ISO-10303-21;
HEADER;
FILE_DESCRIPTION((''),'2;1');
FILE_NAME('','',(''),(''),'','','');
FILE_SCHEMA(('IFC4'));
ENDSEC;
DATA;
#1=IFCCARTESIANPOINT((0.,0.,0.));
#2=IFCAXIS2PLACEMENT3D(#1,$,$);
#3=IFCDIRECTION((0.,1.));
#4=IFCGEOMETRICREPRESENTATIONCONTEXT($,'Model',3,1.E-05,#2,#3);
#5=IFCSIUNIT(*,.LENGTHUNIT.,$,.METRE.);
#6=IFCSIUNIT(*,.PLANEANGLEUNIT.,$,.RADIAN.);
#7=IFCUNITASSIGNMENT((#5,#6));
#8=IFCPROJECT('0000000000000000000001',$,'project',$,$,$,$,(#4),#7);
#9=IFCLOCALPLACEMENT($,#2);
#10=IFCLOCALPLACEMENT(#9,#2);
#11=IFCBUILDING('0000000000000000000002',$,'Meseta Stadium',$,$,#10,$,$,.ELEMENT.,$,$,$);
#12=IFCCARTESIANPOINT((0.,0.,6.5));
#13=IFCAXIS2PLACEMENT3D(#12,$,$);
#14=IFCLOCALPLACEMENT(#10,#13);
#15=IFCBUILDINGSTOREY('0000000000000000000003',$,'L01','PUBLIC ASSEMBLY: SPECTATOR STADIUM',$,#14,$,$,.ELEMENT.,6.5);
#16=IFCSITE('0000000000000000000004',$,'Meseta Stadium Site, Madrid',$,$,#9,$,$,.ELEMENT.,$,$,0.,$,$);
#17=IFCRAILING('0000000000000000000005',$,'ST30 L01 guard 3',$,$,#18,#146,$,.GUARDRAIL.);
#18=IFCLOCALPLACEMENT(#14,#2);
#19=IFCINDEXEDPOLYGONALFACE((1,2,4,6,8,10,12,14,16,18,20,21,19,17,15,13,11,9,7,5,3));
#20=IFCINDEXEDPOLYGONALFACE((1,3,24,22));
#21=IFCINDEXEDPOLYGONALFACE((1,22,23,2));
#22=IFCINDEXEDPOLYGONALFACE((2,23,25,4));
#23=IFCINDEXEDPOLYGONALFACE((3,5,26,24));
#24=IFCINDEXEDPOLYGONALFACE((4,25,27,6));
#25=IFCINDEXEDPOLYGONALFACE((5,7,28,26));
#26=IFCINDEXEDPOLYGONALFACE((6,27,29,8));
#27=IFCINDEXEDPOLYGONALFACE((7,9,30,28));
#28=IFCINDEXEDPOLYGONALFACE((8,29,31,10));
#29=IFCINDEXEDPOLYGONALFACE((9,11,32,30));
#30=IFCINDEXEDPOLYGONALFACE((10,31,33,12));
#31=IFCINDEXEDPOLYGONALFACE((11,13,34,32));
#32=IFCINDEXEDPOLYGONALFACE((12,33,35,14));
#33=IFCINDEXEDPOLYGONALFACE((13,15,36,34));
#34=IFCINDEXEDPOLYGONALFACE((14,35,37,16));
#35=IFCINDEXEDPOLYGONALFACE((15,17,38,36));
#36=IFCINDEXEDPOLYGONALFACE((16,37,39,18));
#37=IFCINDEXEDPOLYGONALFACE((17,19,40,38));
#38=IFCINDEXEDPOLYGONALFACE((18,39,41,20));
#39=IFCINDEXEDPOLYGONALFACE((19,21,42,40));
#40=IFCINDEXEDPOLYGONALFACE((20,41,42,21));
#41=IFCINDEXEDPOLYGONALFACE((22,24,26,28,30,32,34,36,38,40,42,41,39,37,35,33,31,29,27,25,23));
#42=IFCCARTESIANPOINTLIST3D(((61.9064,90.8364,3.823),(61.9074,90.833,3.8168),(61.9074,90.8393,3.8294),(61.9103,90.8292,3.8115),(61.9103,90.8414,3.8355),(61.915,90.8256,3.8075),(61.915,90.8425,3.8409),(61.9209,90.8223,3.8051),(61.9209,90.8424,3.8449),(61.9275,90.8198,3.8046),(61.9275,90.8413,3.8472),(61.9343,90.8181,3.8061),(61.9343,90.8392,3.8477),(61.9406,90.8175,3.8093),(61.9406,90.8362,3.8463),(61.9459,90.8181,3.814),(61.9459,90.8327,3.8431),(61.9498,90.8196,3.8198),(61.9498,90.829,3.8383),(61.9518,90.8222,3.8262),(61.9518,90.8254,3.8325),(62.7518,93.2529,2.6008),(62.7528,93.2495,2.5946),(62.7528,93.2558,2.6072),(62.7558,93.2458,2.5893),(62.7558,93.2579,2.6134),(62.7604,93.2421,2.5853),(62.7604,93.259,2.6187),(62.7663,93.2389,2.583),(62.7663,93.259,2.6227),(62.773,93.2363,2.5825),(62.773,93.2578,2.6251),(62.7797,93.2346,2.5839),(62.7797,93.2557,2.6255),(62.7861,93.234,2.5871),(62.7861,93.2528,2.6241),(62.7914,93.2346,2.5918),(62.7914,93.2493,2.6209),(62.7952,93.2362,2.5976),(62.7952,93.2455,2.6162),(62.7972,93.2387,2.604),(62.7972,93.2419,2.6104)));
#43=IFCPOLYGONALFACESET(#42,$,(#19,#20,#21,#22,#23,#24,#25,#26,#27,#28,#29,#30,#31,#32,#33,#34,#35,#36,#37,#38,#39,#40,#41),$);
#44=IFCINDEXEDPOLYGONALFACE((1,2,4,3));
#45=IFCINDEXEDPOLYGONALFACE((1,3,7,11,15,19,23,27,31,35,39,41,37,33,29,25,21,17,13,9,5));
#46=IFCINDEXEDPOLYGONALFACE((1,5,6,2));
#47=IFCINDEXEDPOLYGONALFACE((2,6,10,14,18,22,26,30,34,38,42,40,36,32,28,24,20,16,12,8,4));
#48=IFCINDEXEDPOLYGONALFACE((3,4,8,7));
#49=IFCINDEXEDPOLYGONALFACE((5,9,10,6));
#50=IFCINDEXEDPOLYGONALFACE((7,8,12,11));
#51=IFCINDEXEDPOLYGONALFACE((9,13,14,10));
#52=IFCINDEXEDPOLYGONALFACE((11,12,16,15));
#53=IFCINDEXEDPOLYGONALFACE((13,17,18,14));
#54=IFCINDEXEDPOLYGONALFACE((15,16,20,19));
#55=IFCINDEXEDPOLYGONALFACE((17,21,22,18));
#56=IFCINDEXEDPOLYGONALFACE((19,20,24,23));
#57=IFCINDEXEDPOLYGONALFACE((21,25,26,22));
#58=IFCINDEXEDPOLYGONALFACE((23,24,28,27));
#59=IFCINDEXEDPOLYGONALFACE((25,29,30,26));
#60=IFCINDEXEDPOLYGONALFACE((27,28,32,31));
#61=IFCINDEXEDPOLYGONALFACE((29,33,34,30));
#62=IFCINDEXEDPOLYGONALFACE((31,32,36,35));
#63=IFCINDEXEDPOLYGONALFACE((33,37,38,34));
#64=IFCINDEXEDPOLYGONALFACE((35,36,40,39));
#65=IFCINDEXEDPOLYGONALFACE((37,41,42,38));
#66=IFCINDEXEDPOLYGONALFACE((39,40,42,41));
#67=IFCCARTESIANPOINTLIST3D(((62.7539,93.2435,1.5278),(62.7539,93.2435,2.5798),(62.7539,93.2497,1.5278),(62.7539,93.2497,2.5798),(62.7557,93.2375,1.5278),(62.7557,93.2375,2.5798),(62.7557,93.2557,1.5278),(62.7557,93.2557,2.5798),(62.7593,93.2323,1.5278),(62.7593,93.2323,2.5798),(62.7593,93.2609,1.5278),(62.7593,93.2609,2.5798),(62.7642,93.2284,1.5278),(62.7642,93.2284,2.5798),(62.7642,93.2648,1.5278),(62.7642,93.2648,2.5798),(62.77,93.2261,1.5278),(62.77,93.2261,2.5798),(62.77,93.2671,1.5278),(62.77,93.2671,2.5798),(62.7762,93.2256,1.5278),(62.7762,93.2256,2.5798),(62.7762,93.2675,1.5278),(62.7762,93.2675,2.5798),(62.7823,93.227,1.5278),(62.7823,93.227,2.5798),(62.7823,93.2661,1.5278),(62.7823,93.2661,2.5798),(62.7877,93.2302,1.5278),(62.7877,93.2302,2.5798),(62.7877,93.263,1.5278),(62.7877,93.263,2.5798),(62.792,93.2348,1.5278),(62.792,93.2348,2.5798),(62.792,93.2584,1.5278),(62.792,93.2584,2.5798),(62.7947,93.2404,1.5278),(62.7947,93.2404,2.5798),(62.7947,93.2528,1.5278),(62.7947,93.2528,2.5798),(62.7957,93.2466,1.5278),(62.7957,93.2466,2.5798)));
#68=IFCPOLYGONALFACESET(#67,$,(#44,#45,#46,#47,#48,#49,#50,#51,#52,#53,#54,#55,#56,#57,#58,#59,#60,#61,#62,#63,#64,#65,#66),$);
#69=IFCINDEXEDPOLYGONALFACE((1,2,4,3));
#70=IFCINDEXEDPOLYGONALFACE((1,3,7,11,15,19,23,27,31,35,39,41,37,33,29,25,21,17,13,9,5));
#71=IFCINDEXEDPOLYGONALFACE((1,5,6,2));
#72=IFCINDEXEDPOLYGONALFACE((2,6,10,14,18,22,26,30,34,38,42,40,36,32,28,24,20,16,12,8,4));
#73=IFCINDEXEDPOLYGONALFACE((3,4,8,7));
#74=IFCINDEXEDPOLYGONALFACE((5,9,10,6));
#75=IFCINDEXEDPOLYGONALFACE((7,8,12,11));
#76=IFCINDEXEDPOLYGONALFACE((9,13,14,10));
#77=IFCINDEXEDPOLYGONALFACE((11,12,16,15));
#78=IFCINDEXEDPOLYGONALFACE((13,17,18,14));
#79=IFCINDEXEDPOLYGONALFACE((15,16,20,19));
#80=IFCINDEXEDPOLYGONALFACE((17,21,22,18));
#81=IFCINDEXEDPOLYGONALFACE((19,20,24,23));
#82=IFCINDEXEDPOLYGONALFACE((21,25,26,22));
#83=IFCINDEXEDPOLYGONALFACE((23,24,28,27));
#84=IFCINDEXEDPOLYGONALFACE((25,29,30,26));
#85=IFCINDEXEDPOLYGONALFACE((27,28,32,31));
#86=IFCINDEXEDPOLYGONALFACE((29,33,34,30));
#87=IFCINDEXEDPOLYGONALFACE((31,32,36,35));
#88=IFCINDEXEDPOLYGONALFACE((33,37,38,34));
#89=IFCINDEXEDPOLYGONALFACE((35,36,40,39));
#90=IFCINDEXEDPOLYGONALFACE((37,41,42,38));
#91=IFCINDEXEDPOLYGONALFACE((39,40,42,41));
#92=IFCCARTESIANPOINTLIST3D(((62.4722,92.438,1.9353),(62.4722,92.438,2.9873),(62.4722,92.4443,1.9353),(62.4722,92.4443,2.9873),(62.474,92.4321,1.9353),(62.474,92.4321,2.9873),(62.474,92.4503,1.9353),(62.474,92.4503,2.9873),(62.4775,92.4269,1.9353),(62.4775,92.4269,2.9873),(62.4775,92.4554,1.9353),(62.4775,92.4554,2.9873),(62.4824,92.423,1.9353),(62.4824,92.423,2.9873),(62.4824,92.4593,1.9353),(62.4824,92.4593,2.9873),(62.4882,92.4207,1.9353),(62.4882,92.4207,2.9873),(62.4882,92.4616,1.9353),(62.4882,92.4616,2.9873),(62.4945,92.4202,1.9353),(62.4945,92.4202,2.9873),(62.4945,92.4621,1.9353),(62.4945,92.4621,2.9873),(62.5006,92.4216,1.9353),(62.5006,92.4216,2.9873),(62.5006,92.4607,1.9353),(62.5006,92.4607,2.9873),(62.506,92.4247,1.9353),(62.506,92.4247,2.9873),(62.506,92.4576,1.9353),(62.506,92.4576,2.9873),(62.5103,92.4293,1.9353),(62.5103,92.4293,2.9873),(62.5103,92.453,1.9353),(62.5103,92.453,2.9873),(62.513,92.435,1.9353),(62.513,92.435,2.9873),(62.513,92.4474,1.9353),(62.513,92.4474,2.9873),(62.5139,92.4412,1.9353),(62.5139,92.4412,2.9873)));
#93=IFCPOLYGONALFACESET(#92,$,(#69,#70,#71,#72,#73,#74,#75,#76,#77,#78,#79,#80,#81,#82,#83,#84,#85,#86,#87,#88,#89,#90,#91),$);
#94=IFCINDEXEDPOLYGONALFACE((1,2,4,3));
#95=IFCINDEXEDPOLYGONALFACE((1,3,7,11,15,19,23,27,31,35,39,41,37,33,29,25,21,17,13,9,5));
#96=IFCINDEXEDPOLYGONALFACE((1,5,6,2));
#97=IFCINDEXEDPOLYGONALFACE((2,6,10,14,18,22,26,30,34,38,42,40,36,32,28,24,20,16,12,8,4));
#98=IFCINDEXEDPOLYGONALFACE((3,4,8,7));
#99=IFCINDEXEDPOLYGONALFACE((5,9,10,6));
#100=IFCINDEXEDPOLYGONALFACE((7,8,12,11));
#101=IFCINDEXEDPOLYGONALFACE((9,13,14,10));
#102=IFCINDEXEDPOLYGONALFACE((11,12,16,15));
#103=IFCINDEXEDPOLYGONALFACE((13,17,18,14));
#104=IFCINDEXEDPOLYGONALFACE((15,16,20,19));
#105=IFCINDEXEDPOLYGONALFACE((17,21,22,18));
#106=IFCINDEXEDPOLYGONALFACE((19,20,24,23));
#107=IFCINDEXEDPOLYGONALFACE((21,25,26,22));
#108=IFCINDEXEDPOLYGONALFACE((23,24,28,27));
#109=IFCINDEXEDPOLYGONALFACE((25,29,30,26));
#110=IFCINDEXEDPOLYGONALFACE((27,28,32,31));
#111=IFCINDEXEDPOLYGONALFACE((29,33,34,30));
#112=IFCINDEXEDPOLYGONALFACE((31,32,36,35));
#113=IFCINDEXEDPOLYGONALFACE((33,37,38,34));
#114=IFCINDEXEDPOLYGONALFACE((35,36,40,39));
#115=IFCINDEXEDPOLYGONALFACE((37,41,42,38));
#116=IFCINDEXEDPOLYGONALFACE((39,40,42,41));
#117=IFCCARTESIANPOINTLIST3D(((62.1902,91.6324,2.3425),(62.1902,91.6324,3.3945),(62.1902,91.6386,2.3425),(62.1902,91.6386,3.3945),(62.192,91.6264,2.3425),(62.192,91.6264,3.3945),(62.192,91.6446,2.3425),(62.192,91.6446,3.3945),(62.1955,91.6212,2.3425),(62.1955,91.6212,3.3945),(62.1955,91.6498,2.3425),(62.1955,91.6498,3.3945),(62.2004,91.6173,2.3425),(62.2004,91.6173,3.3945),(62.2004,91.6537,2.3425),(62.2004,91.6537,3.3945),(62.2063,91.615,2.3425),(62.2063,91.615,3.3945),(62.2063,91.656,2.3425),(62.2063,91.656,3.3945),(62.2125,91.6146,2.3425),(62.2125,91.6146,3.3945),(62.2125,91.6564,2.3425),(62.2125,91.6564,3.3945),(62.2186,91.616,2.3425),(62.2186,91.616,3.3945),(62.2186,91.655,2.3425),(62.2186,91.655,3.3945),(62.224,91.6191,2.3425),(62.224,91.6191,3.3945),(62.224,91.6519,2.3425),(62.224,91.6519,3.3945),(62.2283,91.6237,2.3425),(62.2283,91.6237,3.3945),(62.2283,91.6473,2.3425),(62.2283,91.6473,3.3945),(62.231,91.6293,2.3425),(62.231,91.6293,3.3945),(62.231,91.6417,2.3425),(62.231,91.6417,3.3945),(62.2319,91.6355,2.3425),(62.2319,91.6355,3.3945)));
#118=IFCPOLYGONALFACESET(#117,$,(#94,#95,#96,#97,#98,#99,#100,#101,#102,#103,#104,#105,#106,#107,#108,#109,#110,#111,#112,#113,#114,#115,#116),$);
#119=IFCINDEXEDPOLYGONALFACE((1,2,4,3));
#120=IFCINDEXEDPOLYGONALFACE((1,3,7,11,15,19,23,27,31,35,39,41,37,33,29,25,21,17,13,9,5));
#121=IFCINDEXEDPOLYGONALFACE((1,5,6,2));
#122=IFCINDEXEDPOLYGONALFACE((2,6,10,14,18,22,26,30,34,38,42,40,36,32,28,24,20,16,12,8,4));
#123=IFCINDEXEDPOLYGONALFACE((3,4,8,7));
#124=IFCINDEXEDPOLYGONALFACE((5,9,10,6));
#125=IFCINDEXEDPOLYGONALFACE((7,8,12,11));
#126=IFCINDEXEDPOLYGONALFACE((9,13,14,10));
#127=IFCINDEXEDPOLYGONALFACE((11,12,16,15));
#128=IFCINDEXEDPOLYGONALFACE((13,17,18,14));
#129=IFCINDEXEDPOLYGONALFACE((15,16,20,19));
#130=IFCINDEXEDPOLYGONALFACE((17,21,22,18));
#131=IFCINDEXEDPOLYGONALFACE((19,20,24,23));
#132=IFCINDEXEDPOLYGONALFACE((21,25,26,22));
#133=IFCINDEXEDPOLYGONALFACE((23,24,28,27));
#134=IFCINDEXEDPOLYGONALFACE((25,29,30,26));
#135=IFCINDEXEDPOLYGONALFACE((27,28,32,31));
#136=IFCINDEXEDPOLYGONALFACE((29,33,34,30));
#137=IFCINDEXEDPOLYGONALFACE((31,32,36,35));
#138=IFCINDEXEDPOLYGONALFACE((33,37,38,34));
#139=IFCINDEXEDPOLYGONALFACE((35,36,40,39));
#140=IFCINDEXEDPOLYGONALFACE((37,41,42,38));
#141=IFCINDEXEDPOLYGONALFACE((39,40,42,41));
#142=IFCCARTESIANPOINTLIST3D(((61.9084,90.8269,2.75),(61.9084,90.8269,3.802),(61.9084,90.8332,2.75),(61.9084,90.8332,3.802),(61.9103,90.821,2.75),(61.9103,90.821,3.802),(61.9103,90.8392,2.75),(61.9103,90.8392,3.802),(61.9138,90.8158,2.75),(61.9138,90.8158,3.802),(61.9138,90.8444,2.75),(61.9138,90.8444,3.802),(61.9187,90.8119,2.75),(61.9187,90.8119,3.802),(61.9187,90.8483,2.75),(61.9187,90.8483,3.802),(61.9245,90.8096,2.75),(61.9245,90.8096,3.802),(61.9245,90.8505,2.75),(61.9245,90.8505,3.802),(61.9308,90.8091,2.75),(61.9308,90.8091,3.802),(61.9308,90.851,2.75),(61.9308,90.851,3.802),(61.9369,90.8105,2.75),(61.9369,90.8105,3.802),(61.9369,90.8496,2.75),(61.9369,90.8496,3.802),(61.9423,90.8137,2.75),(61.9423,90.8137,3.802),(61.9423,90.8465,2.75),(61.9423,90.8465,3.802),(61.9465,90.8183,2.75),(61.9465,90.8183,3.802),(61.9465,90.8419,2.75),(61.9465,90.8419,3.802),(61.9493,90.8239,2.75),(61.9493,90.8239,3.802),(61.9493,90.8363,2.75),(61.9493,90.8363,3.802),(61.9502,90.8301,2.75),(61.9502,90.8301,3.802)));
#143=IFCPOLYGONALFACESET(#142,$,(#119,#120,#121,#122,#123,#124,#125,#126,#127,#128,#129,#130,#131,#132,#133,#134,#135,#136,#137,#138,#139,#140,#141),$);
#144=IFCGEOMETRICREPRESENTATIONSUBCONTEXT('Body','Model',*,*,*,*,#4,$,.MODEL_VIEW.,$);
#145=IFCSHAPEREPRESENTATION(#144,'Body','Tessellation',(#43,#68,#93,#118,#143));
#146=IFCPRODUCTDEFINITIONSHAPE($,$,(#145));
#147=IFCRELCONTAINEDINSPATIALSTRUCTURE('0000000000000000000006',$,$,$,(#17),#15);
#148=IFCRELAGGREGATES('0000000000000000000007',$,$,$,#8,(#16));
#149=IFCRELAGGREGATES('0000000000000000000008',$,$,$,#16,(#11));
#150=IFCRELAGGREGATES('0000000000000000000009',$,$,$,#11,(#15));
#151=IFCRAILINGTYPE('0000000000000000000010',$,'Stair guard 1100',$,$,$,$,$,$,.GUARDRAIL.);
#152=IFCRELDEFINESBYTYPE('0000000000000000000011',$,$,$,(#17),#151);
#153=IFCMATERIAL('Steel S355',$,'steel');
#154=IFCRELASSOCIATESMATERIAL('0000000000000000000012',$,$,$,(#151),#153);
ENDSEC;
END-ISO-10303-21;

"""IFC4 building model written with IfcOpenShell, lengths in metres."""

from ifc_helpers import new_model, si_unit, direction, frame, origin, origin_2d, place, context, subcontext, project, spatial, circle, extrude, material, type_object, element, save


model = new_model("IFC4")

# Units and contexts
model_context = context("Model", 3, precision=1e-05, world=origin(), true_north=direction((0.0, 1.0)))
body_context = subcontext(model_context, "Body", "Model", "MODEL_VIEW")
ifc_project = project(units=[si_unit("LENGTHUNIT", "METRE"), si_unit("PLANEANGLEUNIT", "RADIAN")], contexts=[model_context])

# Site, building, storey
site_placement = place(None, origin())
site = spatial("IfcSite", under=ifc_project, at=site_placement, Name="Meseta Stadium Site, Madrid", CompositionType="ELEMENT", RefElevation=0.0)
building_placement = place(site_placement, origin())
building = spatial("IfcBuilding", under=site, at=building_placement, Name="Meseta Stadium", CompositionType="ELEMENT")
storey_placement = place(building_placement, frame((0.0, 0.0, 6.5)))
storey = spatial("IfcBuildingStorey", under=building, at=storey_placement, Name="L01", Description="PUBLIC ASSEMBLY: SPECTATOR STADIUM", CompositionType="ELEMENT", Elevation=6.5)

# Railing
ifc_material_1 = material(Name="Steel S355", Category="steel")
railing_type_1 = type_object("IfcRailingType", Name="Stair guard 1100", PredefinedType="GUARDRAIL", material=ifc_material_1)
railing_1_placement = place(storey_placement, frame((62.7747, 93.2466, 1.5278)))
element("IfcRailing", 1, at=railing_1_placement, inside=storey, type_object=railing_type_1, Name="ST30 L01 guard 3", PredefinedType="GUARDRAIL", context=body_context, shape_type="SweptSolid", body=[
    extrude(circle(Radius=0.0239, at=origin_2d()), frame((0.0, 0.0, 1.0762), z_axis=(-0.298022, -0.851812, 0.430811), x_axis=(0.943897, -0.33024, 0.0)), (0.0, 0.0, 1.0), 2.8369),
    extrude(circle(Radius=0.021, at=origin_2d()), origin(), (0.0, 0.0, 1.0), 1.052),
    extrude(circle(Radius=0.021, at=origin_2d()), frame((-0.2817, -0.8054, 0.4075)), (0.0, 0.0, 1.0), 1.052),
    extrude(circle(Radius=0.021, at=origin_2d()), frame((-0.5637, -1.6111, 0.8147)), (0.0, 0.0, 1.0), 1.052),
    extrude(circle(Radius=0.021, at=origin_2d()), frame((-0.8455, -2.4165, 1.2222)), (0.0, 0.0, 1.0), 1.052),
])

save(model, "model.ifc")
